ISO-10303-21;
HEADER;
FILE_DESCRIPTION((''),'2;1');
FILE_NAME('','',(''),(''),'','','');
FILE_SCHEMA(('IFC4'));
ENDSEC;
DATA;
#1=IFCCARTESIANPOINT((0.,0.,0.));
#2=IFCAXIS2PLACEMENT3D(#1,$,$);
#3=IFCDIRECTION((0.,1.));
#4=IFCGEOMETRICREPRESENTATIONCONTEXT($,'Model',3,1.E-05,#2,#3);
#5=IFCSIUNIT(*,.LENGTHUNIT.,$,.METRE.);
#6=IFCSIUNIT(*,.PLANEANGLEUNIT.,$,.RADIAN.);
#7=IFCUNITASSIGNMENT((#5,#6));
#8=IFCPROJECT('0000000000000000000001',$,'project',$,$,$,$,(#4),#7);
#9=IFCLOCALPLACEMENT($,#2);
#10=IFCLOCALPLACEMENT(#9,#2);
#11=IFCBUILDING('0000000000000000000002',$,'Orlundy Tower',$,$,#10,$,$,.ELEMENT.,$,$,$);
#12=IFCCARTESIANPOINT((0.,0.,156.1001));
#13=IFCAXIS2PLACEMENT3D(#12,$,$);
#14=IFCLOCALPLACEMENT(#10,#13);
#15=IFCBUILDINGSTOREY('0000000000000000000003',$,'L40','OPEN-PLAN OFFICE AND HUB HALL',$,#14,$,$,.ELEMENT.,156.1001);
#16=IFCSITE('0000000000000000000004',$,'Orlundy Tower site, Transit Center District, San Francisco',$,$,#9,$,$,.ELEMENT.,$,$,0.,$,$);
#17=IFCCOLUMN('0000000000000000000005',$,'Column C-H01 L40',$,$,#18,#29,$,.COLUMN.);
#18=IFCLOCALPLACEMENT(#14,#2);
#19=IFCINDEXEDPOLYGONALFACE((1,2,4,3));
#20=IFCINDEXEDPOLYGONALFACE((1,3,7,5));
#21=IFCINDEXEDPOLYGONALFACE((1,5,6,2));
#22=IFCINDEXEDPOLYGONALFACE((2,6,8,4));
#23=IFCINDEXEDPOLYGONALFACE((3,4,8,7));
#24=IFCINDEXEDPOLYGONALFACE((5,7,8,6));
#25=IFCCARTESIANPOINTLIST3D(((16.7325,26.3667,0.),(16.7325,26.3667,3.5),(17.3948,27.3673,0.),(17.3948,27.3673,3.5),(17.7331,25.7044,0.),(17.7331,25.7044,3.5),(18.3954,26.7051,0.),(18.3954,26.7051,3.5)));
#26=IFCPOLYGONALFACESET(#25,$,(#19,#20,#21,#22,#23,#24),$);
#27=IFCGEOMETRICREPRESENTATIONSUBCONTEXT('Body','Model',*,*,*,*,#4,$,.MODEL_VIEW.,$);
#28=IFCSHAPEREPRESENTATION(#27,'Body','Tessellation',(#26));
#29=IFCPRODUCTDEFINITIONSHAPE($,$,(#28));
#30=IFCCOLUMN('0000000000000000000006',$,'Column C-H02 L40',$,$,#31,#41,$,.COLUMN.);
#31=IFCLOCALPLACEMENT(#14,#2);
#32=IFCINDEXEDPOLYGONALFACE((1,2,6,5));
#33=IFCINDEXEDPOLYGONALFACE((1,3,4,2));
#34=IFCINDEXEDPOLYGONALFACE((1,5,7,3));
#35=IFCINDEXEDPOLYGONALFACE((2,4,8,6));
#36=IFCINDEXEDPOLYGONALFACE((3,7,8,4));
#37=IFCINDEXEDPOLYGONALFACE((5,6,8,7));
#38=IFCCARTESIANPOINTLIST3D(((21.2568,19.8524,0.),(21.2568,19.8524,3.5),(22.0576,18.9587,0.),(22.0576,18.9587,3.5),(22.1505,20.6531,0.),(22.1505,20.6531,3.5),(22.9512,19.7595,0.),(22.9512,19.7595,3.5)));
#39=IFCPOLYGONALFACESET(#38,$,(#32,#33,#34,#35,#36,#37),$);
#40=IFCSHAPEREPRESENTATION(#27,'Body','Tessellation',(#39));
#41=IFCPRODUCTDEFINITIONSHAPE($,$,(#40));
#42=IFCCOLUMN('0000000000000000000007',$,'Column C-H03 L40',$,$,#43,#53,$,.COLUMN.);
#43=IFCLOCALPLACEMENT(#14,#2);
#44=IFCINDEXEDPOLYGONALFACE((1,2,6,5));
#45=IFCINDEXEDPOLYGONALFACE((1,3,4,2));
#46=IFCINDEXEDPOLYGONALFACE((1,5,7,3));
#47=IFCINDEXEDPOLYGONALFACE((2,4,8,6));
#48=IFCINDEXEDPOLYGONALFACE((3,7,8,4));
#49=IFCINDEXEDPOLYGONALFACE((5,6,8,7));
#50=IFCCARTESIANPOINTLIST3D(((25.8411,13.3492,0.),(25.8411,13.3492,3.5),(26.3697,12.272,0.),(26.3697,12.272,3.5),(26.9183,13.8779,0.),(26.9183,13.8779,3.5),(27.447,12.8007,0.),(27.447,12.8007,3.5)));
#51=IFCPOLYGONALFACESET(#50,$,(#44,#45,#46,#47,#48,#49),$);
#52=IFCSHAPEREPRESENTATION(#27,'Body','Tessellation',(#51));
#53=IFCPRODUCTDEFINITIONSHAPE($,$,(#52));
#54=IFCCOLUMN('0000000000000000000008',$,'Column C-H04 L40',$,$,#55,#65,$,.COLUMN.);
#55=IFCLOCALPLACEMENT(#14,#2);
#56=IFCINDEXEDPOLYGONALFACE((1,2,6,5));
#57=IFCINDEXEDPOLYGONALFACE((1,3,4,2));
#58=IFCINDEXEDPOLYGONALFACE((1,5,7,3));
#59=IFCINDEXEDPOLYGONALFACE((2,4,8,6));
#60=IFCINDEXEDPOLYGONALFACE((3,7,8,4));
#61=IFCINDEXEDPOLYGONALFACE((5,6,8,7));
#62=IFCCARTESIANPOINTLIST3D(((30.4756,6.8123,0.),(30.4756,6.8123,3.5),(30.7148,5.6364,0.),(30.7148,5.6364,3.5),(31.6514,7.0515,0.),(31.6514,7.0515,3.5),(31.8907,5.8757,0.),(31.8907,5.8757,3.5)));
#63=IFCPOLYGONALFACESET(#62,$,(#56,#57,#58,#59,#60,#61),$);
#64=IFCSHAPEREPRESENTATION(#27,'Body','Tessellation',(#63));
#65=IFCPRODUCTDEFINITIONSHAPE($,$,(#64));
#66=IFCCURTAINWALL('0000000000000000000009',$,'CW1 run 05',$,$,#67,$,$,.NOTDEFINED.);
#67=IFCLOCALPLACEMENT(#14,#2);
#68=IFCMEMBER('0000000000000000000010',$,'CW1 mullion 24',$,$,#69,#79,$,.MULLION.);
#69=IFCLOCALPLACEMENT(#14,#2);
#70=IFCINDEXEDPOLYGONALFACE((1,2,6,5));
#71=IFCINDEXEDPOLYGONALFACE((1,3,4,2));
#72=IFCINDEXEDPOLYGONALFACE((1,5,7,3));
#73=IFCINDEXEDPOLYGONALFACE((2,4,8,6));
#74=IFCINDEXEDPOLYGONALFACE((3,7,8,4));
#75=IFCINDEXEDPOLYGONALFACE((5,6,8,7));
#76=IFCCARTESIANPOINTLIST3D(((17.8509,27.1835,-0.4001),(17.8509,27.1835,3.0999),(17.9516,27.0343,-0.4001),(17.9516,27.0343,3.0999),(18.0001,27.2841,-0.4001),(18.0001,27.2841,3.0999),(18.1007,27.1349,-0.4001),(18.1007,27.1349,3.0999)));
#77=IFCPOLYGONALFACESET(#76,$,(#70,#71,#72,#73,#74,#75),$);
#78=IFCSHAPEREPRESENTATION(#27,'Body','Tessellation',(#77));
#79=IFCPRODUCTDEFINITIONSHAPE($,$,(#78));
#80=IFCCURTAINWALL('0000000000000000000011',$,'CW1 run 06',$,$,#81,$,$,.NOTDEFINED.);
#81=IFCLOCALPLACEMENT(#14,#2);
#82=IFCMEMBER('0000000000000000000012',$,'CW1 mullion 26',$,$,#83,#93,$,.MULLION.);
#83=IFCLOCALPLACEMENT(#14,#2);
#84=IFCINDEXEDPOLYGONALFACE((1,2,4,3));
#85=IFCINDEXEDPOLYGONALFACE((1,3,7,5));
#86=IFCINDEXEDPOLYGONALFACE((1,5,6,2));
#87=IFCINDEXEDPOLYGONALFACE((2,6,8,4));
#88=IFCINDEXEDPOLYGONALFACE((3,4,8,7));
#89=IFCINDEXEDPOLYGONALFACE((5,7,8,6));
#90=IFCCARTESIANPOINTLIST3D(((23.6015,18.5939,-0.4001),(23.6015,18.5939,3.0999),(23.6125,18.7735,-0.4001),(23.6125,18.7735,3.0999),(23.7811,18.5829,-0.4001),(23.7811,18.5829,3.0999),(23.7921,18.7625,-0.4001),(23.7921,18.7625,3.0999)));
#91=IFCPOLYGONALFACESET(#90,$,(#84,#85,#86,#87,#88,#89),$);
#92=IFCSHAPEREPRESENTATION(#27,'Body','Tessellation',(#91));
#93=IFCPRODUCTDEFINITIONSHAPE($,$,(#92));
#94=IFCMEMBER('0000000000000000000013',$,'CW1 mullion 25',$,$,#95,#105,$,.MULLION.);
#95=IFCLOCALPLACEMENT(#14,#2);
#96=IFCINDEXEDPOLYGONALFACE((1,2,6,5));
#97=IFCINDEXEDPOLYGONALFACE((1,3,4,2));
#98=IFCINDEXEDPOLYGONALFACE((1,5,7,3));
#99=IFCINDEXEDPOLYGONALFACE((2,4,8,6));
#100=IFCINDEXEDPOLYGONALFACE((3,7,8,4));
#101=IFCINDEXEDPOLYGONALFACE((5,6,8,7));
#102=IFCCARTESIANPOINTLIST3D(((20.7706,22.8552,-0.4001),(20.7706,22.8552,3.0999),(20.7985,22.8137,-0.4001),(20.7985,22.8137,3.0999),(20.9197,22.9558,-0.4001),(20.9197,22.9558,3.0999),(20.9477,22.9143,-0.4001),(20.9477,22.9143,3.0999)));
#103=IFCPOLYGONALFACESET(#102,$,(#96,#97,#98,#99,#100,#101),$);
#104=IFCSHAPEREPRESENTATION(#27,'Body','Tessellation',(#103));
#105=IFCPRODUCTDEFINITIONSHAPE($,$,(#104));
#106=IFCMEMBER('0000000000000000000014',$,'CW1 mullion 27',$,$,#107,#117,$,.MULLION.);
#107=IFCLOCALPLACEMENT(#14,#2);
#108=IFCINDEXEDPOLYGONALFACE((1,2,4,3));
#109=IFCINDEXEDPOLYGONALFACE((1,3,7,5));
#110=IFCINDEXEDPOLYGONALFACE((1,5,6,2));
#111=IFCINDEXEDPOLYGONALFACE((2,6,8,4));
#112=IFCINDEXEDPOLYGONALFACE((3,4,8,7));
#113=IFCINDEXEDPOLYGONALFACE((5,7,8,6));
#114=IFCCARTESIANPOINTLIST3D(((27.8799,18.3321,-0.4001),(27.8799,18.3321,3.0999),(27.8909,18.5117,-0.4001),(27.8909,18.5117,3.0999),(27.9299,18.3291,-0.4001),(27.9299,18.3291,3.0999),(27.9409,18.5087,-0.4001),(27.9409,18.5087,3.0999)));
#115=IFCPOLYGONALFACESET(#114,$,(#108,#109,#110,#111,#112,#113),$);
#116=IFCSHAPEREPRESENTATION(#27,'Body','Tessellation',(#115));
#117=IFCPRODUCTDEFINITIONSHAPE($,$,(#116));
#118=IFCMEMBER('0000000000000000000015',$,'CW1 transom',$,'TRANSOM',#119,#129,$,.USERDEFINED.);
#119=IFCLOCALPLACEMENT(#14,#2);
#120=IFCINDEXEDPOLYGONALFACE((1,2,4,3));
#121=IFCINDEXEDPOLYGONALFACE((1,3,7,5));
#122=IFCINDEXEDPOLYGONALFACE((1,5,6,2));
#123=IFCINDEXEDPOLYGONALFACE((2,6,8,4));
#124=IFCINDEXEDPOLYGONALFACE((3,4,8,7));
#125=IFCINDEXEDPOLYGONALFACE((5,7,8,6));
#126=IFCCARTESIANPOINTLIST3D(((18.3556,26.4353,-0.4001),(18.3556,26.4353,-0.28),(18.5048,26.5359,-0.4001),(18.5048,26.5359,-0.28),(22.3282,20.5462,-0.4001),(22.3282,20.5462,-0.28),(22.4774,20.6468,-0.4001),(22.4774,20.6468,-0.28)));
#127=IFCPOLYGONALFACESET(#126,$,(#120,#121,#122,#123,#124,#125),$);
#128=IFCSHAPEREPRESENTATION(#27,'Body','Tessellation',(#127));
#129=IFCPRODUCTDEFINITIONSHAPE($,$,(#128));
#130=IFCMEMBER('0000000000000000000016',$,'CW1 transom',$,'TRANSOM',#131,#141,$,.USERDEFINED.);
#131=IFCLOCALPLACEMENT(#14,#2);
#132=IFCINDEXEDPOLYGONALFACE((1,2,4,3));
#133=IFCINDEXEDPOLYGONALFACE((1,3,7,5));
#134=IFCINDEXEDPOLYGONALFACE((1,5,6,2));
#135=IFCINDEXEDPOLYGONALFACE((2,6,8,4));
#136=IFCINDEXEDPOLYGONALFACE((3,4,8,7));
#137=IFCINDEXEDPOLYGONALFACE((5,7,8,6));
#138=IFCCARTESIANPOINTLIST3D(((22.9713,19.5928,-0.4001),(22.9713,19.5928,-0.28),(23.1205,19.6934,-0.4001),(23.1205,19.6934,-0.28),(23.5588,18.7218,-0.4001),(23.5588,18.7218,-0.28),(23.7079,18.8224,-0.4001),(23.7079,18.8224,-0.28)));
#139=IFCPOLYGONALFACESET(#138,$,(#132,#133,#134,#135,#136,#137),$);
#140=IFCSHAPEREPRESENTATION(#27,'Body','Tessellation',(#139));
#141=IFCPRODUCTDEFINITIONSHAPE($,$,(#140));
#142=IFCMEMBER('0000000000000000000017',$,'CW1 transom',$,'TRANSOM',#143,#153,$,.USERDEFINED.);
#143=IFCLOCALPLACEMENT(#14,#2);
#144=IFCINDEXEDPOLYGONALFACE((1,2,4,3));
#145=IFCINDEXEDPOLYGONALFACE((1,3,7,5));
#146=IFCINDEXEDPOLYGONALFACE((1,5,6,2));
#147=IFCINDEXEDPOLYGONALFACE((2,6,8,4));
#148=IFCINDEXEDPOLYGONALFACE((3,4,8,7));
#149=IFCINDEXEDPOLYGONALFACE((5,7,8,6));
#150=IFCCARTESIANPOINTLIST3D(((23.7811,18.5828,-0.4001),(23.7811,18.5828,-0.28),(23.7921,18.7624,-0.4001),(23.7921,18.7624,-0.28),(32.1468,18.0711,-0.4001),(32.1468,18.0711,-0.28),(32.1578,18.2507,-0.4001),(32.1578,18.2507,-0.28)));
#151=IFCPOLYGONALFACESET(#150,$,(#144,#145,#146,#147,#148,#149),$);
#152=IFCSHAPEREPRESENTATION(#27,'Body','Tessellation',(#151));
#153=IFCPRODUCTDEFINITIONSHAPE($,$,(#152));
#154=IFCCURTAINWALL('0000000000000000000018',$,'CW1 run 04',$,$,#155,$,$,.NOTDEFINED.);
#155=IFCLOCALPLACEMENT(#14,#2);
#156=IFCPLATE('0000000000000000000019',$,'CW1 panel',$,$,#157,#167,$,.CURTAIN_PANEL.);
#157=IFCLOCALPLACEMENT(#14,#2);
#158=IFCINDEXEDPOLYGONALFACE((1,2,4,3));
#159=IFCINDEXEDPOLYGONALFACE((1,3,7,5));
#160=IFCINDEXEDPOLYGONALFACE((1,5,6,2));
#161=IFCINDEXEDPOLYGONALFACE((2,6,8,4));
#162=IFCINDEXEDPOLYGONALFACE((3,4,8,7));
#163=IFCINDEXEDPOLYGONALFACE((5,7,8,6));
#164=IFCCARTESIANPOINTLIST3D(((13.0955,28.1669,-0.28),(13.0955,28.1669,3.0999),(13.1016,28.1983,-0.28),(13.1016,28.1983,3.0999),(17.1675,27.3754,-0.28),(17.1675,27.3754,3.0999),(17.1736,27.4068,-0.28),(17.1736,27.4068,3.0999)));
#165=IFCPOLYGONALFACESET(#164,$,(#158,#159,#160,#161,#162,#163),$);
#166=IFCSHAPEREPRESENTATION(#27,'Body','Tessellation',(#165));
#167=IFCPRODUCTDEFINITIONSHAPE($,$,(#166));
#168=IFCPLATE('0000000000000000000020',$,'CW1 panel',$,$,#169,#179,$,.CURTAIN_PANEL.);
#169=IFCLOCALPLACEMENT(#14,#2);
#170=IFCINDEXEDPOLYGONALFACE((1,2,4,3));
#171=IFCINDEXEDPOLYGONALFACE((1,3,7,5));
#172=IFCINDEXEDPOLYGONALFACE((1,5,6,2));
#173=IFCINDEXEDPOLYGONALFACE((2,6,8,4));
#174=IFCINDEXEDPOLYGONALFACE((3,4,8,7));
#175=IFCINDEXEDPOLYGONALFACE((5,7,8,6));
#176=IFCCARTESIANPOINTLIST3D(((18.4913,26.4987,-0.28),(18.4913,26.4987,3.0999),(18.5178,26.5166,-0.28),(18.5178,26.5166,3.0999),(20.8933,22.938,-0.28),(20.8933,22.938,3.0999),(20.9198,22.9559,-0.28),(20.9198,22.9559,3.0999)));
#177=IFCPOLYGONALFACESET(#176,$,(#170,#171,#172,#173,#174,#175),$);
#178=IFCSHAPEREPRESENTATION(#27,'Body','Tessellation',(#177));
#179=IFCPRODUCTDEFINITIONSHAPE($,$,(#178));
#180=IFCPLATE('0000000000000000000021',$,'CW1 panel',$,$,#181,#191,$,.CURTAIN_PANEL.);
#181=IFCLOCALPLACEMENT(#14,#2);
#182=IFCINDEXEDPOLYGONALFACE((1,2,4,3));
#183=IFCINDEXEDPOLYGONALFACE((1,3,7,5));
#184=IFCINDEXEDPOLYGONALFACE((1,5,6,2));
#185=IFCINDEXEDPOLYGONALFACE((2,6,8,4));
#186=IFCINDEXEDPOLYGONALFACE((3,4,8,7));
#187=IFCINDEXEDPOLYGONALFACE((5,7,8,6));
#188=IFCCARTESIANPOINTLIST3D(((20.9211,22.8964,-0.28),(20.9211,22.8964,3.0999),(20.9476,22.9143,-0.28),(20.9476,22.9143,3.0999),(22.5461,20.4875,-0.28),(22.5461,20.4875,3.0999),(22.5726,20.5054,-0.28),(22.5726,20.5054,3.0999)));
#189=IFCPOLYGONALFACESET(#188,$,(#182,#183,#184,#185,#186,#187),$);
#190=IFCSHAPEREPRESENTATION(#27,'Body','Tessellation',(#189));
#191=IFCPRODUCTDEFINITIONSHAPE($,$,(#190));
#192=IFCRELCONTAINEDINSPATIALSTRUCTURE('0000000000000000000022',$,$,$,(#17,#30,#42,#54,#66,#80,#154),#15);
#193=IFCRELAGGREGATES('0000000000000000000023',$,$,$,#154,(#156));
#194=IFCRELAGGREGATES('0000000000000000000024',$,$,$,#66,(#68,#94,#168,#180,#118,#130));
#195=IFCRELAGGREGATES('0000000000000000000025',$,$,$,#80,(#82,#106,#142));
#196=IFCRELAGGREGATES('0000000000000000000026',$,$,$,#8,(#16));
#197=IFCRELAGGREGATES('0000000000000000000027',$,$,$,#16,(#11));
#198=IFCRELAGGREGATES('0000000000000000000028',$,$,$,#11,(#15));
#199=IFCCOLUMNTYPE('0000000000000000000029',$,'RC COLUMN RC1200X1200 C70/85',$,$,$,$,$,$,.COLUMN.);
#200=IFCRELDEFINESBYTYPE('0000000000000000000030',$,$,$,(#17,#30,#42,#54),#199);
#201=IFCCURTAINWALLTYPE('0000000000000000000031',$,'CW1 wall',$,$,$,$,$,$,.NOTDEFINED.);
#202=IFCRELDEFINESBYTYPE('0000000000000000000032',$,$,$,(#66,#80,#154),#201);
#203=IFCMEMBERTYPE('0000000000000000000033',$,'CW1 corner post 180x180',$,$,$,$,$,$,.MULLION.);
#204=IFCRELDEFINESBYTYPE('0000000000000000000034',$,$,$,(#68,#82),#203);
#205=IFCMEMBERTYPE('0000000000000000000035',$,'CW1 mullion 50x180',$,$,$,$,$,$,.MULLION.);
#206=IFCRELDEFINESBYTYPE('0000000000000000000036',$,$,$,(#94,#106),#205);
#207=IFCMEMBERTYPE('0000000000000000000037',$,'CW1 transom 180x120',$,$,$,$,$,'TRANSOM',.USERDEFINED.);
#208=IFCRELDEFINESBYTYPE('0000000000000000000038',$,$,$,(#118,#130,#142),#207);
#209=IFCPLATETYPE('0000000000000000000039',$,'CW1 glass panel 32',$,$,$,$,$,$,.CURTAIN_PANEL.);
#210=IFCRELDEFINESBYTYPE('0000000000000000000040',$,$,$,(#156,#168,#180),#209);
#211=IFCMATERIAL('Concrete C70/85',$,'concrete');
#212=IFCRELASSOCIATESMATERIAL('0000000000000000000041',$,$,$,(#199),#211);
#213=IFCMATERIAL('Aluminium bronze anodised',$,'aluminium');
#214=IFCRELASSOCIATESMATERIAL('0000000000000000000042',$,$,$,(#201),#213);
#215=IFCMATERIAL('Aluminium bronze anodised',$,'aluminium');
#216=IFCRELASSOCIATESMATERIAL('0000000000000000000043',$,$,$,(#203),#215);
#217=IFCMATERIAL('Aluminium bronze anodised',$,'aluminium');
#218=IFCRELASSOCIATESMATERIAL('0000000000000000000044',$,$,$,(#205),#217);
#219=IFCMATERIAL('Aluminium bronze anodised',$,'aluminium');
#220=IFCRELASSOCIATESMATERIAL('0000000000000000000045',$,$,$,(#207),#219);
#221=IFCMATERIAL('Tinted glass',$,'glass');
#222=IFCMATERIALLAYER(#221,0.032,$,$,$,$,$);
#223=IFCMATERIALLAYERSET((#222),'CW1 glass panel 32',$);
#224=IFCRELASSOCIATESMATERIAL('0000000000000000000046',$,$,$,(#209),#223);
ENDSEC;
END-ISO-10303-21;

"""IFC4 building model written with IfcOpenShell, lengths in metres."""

from ifc_helpers import new_model, si_unit, direction, frame, origin, origin_2d, place, context, subcontext, project, spatial, rectangle, extrude, material, layer, layer_set, material_profile, profile_set, type_object, element, aggregate, save


model = new_model("IFC4")

# Units and contexts
model_context = context("Model", 3, precision=1e-05, world=origin(), true_north=direction((0.0, 1.0)))
body_context = subcontext(model_context, "Body", "Model", "MODEL_VIEW")
ifc_project = project(units=[si_unit("LENGTHUNIT", "METRE"), si_unit("PLANEANGLEUNIT", "RADIAN")], contexts=[model_context])

# Site, building, storey
site_placement = place(None, origin())
site = spatial("IfcSite", under=ifc_project, at=site_placement, Name="Orlundy Tower site, Transit Center District, San Francisco", CompositionType="ELEMENT", RefElevation=0.0)
building_placement = place(site_placement, origin())
building = spatial("IfcBuilding", under=site, at=building_placement, Name="Orlundy Tower", CompositionType="ELEMENT")
storey_placement = place(building_placement, frame((0.0, 0.0, 156.1001)))
storey = spatial("IfcBuildingStorey", under=building, at=storey_placement, Name="L40", Description="OPEN-PLAN OFFICE AND HUB HALL", CompositionType="ELEMENT", Elevation=156.1001)

# Columns
ifc_material_1 = material(Name="Concrete C70/85", Category="concrete")
ifc_material_profile_1 = material_profile(ifc_material_1, rectangle(XDim=1.2, YDim=1.2, at=origin_2d()), Name="RC1200X1200")
ifc_profile_set_1 = profile_set([ifc_material_profile_1], Name="Concrete C70/85")
column_type = type_object("IfcColumnType", Name="RC COLUMN RC1200X1200 C70/85", PredefinedType="COLUMN", material=ifc_profile_set_1)
for number, where, z_axis, x_axis, name in (
    (1, (17.564, 26.5359, 0.0), (0.0, 0.0, 1.0), (0.551937, 0.833886, 0.0), "Column C-H01 L40"),
    (2, (22.104, 19.8059, 0.0), (0.0, 0.0, 1.0), (0.744754, 0.667339, 0.0), "Column C-H02 L40"),
    (3, (26.644, 13.075, 0.0), (0.0, 0.0, 1.0), (0.897728, 0.44055, 0.0), "Column C-H03 L40"),
    (4, (31.1831, 6.344, 0.0), (0.0, 0.0, 1.0), (0.979925, 0.199368, 0.0), "Column C-H04 L40"),
):
    element("IfcColumn", number, at=place(storey_placement, frame(where, z_axis=z_axis, x_axis=x_axis)), inside=storey, type_object=column_type, Name=name, PredefinedType="COLUMN", context=body_context, shape_type="SweptSolid", body=[
        extrude(rectangle(XDim=1.2, YDim=1.2, at=origin_2d()), origin(), (0.0, 0.0, 1.0), 3.5),
    ])

# Curtain walls, members
ifc_material_2 = material(Name="Aluminium bronze anodised", Category="aluminium")
curtain_wall_type = type_object("IfcCurtainWallType", Name="CW1 wall", PredefinedType="NOTDEFINED", material=ifc_material_2)
curtain_wall_1_placement = place(storey_placement, origin())
curtain_wall_1 = element("IfcCurtainWall", 5, at=curtain_wall_1_placement, inside=storey, type_object=curtain_wall_type, Name="CW1 run 05", PredefinedType="NOTDEFINED")
ifc_material_3 = material(Name="Aluminium bronze anodised", Category="aluminium")
ifc_material_profile_2 = material_profile(ifc_material_3, rectangle(XDim=0.1799, YDim=0.1799, at=origin_2d()), Name="CW1 corner post 180x180")
ifc_profile_set_2 = profile_set([ifc_material_profile_2], Name="Aluminium bronze anodised")
member_type_1 = type_object("IfcMemberType", Name="CW1 corner post 180x180", PredefinedType="MULLION", material=ifc_profile_set_2)
member_1_placement = place(storey_placement, frame((17.9758, 27.1592, -0.4001), z_axis=(0.0, 0.0, 1.0), x_axis=(0.829017, 0.559223, 0.0)))
member_1 = element("IfcMember", 6, at=member_1_placement, type_object=member_type_1, Name="CW1 mullion 24", PredefinedType="MULLION", context=body_context, shape_type="SweptSolid", body=[
    extrude(rectangle(XDim=0.1799, YDim=0.1799, at=origin_2d()), origin(), (0.0, 0.0, 1.0), 3.5),
])
curtain_wall_2_placement = place(storey_placement, origin())
curtain_wall_2 = element("IfcCurtainWall", 7, at=curtain_wall_2_placement, inside=storey, type_object=curtain_wall_type, Name="CW1 run 06", PredefinedType="NOTDEFINED")
member_2_placement = place(storey_placement, frame((23.6968, 18.6782, -0.4001), z_axis=(0.0, 0.0, 1.0), x_axis=(0.061065, 0.998134, 0.0)))
member_2 = element("IfcMember", 8, at=member_2_placement, type_object=member_type_1, Name="CW1 mullion 26", PredefinedType="MULLION", context=body_context, shape_type="SweptSolid", body=[
    extrude(rectangle(XDim=0.1799, YDim=0.1799, at=origin_2d()), origin(), (0.0, 0.0, 1.0), 3.5),
])

# Members
ifc_material_4 = material(Name="Aluminium bronze anodised", Category="aluminium")
ifc_material_profile_3 = material_profile(ifc_material_4, rectangle(XDim=0.1799, YDim=0.05, at=origin_2d()), Name="CW1 mullion 50x180")
ifc_profile_set_3 = profile_set([ifc_material_profile_3], Name="Aluminium bronze anodised")
member_type_2 = type_object("IfcMemberType", Name="CW1 mullion 50x180", PredefinedType="MULLION", material=ifc_profile_set_3)
member_3_placement = place(storey_placement, frame((20.8591, 22.8848, -0.4001), z_axis=(0.0, 0.0, 1.0), x_axis=(0.829017, 0.559223, 0.0)))
member_3 = element("IfcMember", 9, at=member_3_placement, type_object=member_type_2, Name="CW1 mullion 25", PredefinedType="MULLION", context=body_context, shape_type="SweptSolid", body=[
    extrude(rectangle(XDim=0.1799, YDim=0.05, at=origin_2d()), origin(), (0.0, 0.0, 1.0), 3.5),
])
member_4_placement = place(storey_placement, frame((27.9104, 18.4204, -0.4001), z_axis=(0.0, 0.0, 1.0), x_axis=(0.061065, 0.998134, 0.0)))
member_4 = element("IfcMember", 10, at=member_4_placement, type_object=member_type_2, Name="CW1 mullion 27", PredefinedType="MULLION", context=body_context, shape_type="SweptSolid", body=[
    extrude(rectangle(XDim=0.1799, YDim=0.05, at=origin_2d()), origin(), (0.0, 0.0, 1.0), 3.5),
])
ifc_material_5 = material(Name="Aluminium bronze anodised", Category="aluminium")
ifc_material_profile_4 = material_profile(ifc_material_5, rectangle(XDim=0.1799, YDim=0.1201, at=origin_2d()), Name="CW1 transom 180x120")
ifc_profile_set_4 = profile_set([ifc_material_profile_4], Name="Aluminium bronze anodised")
member_type_3 = type_object("IfcMemberType", Name="CW1 transom 180x120", ElementType="TRANSOM", PredefinedType="USERDEFINED", material=ifc_profile_set_4)
member_5_placement = place(storey_placement, frame((18.4302, 26.4856, -0.3401), z_axis=(0.559228, -0.829014, 0.0), x_axis=(0.829014, 0.559228, 0.0)))
member_5 = element("IfcMember", 11, at=member_5_placement, type_object=member_type_3, Name="CW1 transom", ObjectType="TRANSOM", PredefinedType="USERDEFINED", context=body_context, shape_type="SweptSolid", body=[
    extrude(rectangle(XDim=0.1799, YDim=0.1201, at=origin_2d()), origin(), (0.0, 0.0, 1.0), 7.1038),
])
member_6_placement = place(storey_placement, frame((23.0459, 19.6431, -0.3401), z_axis=(0.559197, -0.829035, 0.0), x_axis=(0.829035, 0.559197, 0.0)))
member_6 = element("IfcMember", 12, at=member_6_placement, type_object=member_type_3, Name="CW1 transom", ObjectType="TRANSOM", PredefinedType="USERDEFINED", context=body_context, shape_type="SweptSolid", body=[
    extrude(rectangle(XDim=0.1799, YDim=0.1201, at=origin_2d()), origin(), (0.0, 0.0, 1.0), 1.0505),
])
member_7_placement = place(storey_placement, frame((23.7866, 18.6726, -0.3401), z_axis=(0.998134, -0.061054, 0.0), x_axis=(0.061054, 0.998134, 0.0)))
member_7 = element("IfcMember", 13, at=member_7_placement, type_object=member_type_3, Name="CW1 transom", ObjectType="TRANSOM", PredefinedType="USERDEFINED", context=body_context, shape_type="SweptSolid", body=[
    extrude(rectangle(XDim=0.1799, YDim=0.1201, at=origin_2d()), origin(), (0.0, 0.0, 1.0), 8.3813),
])

# Curtain wall, plate
curtain_wall_3_placement = place(storey_placement, origin())
curtain_wall_3 = element("IfcCurtainWall", 14, at=curtain_wall_3_placement, inside=storey, type_object=curtain_wall_type, Name="CW1 run 04", PredefinedType="NOTDEFINED")
ifc_material_6 = material(Name="Tinted glass", Category="glass")
ifc_layer_1 = layer(ifc_material_6, 0.032)
ifc_layer_set_1 = layer_set([ifc_layer_1], Name="CW1 glass panel 32")
plate_type = type_object("IfcPlateType", Name="CW1 glass panel 32", PredefinedType="CURTAIN_PANEL", material=ifc_layer_set_1)
plate_1_placement = place(storey_placement, frame((15.1345, 27.7869, -0.28), z_axis=(0.0, 0.0, 1.0), x_axis=(0.981628, -0.190805, 0.0)))
plate_1 = element("IfcPlate", 15, at=plate_1_placement, type_object=plate_type, Name="CW1 panel", PredefinedType="CURTAIN_PANEL", context=body_context, shape_type="SweptSolid", body=[
    extrude(rectangle(XDim=4.1482, YDim=0.032, at=origin_2d()), origin(), (0.0, 0.0, 1.0), 3.3799),
])
aggregate(curtain_wall_3, [plate_1])

# Plates
plate_2_placement = place(storey_placement, frame((19.7056, 24.7273, -0.28), z_axis=(0.0, 0.0, 1.0), x_axis=(0.559223, -0.829017, 0.0)))
plate_2 = element("IfcPlate", 16, at=plate_2_placement, type_object=plate_type, Name="CW1 panel", PredefinedType="CURTAIN_PANEL", context=body_context, shape_type="SweptSolid", body=[
    extrude(rectangle(XDim=4.2952, YDim=0.032, at=origin_2d()), origin(), (0.0, 0.0, 1.0), 3.3799),
])
plate_3_placement = place(storey_placement, frame((21.7468, 21.7009, -0.28), z_axis=(0.0, 0.0, 1.0), x_axis=(0.559223, -0.829017, 0.0)))
plate_3 = element("IfcPlate", 17, at=plate_3_placement, type_object=plate_type, Name="CW1 panel", PredefinedType="CURTAIN_PANEL", context=body_context, shape_type="SweptSolid", body=[
    extrude(rectangle(XDim=2.9058, YDim=0.032, at=origin_2d()), origin(), (0.0, 0.0, 1.0), 3.3799),
])
aggregate(curtain_wall_1, [member_1, member_3, plate_2, plate_3, member_5, member_6])
aggregate(curtain_wall_2, [member_2, member_4, member_7])

save(model, "model.ifc")
